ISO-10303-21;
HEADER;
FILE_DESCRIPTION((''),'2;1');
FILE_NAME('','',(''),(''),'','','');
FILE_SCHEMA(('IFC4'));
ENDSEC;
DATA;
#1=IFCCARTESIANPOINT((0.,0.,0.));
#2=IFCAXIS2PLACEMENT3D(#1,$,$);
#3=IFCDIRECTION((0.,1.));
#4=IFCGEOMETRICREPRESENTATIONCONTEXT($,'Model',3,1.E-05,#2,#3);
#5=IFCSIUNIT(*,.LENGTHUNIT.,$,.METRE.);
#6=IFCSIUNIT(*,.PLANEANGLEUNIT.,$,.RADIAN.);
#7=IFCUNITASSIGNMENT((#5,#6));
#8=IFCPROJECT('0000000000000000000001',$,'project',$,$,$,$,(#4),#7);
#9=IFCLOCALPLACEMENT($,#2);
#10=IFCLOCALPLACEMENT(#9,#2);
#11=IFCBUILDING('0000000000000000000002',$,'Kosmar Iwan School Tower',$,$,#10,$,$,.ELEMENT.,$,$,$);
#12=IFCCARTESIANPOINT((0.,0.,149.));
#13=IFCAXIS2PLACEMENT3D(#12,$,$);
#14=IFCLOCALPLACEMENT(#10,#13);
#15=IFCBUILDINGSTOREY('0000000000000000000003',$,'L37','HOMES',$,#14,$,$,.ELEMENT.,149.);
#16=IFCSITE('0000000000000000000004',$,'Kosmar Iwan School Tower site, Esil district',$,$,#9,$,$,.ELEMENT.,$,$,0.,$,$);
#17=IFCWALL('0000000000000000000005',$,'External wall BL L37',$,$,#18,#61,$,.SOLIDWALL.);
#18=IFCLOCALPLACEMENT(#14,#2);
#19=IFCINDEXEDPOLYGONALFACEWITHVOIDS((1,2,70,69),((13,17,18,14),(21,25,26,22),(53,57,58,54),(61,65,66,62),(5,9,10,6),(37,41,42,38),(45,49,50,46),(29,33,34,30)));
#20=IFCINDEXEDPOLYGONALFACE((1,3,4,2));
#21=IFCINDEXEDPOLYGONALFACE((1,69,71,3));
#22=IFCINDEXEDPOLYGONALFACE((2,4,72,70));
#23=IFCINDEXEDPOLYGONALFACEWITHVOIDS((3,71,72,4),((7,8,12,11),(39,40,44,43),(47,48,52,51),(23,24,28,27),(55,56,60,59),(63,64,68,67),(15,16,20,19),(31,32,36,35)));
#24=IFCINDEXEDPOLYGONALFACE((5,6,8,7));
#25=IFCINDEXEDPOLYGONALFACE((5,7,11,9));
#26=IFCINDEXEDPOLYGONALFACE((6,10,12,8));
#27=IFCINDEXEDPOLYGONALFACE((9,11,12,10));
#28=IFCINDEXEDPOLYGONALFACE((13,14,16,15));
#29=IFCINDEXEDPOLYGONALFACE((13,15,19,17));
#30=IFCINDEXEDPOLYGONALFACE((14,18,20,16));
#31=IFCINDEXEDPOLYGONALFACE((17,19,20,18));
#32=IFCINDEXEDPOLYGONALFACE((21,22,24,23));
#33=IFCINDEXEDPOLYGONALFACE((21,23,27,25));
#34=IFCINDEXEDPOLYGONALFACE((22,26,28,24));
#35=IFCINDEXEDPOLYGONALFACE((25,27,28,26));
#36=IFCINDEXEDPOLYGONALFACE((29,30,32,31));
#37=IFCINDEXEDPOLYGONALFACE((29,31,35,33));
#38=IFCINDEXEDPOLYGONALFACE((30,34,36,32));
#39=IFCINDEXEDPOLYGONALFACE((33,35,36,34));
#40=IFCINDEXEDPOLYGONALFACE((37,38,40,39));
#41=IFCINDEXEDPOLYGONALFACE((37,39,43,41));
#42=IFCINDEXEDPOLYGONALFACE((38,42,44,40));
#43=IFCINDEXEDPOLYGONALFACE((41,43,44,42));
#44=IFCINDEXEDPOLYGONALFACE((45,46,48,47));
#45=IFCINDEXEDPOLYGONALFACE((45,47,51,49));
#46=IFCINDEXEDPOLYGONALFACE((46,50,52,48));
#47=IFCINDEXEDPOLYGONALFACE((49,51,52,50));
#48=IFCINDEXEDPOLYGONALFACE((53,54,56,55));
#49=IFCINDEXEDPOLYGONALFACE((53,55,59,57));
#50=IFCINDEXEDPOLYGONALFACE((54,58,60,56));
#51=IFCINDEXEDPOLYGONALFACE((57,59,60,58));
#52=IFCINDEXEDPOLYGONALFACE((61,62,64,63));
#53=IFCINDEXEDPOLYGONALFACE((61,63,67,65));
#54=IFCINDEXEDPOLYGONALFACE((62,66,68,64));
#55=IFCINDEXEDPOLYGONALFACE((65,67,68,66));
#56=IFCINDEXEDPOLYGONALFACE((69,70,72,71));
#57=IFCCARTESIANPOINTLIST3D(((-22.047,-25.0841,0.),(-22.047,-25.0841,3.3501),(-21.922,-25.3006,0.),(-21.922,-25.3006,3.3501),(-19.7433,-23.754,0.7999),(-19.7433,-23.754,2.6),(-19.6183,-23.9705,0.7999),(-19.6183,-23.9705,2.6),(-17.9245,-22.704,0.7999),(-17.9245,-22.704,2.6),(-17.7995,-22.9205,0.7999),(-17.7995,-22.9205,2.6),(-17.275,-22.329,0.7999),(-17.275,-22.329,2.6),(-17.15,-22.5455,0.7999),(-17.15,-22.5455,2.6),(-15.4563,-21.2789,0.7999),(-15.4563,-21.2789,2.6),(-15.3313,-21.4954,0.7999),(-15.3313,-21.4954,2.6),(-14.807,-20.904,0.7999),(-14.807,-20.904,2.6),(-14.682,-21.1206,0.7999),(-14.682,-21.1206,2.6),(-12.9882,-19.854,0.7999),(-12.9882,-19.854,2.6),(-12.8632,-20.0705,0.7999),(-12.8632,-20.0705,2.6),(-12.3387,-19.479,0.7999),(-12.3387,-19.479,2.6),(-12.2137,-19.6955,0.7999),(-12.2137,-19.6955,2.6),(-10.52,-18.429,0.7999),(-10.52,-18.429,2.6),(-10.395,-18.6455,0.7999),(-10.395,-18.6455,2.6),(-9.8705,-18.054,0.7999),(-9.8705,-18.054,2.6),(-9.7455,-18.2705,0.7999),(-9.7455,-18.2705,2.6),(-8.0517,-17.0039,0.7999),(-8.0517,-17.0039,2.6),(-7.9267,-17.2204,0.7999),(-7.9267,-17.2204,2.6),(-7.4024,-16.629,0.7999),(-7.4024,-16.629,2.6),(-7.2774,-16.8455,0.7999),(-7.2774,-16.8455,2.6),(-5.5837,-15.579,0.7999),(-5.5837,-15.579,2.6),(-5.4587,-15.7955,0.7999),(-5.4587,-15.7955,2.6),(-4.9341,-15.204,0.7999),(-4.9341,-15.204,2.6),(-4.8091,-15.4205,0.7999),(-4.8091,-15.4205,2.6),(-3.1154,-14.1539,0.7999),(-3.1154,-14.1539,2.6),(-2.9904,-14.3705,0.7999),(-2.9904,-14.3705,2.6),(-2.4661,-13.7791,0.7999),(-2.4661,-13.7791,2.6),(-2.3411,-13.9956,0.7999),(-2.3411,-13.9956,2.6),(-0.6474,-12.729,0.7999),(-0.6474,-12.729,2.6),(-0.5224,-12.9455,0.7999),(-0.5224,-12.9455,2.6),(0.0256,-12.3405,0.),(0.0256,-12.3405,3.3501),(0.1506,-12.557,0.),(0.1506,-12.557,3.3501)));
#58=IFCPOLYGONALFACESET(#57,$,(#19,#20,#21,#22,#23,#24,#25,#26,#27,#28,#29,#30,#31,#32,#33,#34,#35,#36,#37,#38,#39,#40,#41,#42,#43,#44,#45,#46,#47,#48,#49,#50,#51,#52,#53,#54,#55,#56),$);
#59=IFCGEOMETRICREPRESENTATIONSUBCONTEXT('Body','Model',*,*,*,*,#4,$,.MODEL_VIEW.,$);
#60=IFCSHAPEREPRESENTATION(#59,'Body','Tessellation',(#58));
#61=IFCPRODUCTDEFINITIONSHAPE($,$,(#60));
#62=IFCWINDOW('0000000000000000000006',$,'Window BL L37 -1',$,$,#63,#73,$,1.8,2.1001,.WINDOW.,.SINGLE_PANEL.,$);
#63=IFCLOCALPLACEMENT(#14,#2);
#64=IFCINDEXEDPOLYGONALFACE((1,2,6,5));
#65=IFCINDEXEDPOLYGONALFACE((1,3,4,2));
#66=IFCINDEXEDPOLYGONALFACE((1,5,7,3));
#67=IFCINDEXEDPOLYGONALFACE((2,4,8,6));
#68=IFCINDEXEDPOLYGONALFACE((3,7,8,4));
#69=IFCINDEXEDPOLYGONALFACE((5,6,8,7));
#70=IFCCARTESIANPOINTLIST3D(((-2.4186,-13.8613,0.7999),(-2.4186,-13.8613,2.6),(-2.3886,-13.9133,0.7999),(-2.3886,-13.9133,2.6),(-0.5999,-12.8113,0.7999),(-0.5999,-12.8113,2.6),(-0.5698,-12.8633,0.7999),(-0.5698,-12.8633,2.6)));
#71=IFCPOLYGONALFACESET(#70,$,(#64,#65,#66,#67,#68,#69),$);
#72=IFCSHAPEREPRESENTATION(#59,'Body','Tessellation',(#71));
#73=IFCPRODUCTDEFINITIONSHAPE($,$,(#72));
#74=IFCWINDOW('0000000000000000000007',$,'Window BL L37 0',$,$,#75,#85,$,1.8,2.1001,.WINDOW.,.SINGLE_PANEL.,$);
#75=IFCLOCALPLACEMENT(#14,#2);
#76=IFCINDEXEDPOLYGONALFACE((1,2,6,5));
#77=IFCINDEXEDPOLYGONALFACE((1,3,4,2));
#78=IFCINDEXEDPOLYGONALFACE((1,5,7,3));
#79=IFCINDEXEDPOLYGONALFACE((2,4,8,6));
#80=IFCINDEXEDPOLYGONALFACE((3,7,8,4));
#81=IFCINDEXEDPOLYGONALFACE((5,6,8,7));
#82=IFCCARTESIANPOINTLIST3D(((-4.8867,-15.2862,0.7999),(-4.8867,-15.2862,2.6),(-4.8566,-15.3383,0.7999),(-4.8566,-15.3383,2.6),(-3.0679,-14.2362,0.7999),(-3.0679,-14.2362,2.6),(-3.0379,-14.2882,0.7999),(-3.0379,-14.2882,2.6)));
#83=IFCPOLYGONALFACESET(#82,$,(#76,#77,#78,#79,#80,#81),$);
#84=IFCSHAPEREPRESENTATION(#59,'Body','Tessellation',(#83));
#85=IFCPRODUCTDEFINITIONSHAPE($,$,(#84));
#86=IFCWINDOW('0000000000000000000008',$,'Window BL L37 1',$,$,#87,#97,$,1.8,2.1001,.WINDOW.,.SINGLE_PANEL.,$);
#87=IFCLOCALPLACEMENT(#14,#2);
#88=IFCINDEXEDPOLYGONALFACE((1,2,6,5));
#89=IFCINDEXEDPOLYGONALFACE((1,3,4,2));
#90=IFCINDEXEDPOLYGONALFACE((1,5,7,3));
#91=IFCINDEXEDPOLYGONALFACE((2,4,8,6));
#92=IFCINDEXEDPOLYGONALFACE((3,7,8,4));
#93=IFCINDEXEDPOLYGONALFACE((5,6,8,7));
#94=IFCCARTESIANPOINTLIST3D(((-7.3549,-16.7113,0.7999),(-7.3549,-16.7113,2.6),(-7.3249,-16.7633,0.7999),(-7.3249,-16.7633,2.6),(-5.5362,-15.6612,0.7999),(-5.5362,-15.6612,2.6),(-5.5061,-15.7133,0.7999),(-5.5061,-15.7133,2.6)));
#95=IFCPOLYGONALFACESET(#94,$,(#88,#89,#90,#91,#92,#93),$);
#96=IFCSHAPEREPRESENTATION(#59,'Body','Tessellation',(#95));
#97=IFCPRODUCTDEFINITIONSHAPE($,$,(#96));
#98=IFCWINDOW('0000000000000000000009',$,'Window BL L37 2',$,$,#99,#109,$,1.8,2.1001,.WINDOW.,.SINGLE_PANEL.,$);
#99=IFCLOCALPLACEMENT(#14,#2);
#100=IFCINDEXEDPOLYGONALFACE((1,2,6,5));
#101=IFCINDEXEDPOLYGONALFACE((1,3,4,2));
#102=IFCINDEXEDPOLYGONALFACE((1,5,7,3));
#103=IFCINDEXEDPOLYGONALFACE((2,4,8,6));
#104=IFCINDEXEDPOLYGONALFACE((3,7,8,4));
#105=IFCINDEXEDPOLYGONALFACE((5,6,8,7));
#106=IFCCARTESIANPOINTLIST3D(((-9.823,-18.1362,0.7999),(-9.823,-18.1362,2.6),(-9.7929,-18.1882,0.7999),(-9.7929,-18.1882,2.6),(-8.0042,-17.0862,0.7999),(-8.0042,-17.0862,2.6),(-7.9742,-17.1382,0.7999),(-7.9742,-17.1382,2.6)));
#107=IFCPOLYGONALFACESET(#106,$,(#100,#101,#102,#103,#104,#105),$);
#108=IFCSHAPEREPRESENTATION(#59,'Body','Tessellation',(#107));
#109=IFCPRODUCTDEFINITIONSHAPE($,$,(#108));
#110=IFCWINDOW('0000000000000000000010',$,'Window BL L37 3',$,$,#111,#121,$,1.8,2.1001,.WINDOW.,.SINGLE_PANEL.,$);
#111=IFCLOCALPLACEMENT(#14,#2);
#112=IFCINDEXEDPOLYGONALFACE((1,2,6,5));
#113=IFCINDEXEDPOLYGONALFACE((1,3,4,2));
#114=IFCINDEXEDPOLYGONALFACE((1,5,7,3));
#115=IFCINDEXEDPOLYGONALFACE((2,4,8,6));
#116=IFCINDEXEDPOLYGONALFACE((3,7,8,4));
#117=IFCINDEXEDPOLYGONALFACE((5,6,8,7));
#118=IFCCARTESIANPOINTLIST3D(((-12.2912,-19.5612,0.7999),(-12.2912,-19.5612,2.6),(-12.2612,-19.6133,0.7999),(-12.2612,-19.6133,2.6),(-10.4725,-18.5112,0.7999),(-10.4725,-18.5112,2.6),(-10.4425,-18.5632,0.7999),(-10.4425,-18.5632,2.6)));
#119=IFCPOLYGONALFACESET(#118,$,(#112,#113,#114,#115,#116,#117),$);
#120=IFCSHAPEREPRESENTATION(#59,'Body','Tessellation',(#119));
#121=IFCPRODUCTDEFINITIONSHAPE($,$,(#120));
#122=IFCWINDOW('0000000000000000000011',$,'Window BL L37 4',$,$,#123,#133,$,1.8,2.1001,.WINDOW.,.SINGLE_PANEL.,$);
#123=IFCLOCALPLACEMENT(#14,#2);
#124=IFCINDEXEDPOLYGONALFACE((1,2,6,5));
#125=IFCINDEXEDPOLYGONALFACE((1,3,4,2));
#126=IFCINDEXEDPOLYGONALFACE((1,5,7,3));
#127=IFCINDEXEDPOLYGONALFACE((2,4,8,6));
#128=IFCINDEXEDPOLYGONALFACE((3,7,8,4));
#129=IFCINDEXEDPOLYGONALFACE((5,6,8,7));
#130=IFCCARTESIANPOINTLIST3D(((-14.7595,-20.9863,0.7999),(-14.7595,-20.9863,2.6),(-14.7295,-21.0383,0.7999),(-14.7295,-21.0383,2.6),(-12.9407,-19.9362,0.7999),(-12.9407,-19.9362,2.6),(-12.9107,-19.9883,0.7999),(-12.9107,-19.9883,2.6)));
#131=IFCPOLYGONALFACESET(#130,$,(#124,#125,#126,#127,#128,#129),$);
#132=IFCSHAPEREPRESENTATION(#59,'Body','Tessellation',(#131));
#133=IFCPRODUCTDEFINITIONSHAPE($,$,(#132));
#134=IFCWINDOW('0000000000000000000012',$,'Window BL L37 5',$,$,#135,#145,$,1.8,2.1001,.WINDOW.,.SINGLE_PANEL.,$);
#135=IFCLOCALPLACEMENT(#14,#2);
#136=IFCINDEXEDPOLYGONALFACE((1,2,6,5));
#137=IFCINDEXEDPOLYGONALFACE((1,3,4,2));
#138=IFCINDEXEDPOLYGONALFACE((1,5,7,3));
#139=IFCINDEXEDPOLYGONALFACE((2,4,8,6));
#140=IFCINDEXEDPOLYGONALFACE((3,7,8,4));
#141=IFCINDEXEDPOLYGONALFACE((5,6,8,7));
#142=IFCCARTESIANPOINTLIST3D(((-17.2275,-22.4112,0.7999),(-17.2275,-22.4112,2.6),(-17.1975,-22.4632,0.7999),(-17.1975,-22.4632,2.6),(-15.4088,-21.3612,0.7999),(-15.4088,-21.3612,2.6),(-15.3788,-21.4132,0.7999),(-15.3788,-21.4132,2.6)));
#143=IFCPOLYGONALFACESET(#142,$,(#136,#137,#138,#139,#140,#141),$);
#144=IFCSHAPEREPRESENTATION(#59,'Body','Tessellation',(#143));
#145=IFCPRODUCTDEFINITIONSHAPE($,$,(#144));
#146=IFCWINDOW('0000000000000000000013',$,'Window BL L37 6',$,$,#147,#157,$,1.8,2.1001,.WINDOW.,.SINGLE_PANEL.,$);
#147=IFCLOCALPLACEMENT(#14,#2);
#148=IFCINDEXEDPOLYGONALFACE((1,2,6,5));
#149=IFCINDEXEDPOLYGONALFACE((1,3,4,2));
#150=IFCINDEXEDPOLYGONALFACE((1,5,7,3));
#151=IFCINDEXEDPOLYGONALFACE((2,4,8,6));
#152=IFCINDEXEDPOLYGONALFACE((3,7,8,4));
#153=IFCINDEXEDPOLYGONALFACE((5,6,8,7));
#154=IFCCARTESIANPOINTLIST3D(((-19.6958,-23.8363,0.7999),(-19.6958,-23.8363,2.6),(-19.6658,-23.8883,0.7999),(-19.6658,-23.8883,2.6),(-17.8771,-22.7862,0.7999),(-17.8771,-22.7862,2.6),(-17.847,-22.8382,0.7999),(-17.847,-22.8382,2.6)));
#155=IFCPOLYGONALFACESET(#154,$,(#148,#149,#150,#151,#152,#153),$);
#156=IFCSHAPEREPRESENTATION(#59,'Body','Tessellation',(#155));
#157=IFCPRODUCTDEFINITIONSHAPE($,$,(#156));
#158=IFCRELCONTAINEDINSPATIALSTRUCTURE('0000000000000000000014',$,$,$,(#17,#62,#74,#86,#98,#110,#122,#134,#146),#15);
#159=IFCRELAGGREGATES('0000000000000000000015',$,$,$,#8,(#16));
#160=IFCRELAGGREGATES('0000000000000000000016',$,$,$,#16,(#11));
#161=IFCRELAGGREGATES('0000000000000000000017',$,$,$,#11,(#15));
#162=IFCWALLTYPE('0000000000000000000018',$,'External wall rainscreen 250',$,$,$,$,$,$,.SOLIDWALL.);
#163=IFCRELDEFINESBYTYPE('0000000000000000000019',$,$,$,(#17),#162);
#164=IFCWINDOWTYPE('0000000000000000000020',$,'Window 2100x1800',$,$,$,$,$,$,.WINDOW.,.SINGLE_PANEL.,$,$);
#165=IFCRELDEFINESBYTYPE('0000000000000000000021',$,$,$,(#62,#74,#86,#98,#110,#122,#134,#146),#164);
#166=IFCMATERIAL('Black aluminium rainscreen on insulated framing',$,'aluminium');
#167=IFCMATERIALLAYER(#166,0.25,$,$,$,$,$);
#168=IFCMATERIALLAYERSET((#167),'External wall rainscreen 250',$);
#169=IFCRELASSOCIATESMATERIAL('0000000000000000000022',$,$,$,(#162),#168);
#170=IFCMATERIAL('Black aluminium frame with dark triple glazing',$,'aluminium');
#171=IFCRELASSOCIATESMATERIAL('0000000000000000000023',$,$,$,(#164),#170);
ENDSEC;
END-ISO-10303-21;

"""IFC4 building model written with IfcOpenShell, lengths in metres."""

from ifc_helpers import new_model, si_unit, direction, frame, frame_2d, origin, place, context, subcontext, project, spatial, rectangle, extrude, material, layer, layer_set, type_object, element, fill, save


model = new_model("IFC4")

# Units and contexts
model_context = context("Model", 3, precision=1e-05, world=origin(), true_north=direction((0.0, 1.0)))
body_context = subcontext(model_context, "Body", "Model", "MODEL_VIEW")
ifc_project = project(units=[si_unit("LENGTHUNIT", "METRE"), si_unit("PLANEANGLEUNIT", "RADIAN")], contexts=[model_context])

# Site, building, storey
site_placement = place(None, origin())
site = spatial("IfcSite", under=ifc_project, at=site_placement, Name="Kosmar Iwan School Tower site, Esil district", CompositionType="ELEMENT", RefElevation=0.0)
building_placement = place(site_placement, origin())
building = spatial("IfcBuilding", under=site, at=building_placement, Name="Kosmar Iwan School Tower", CompositionType="ELEMENT")
storey_placement = place(building_placement, frame((0.0, 0.0, 149.0)))
storey = spatial("IfcBuildingStorey", under=building, at=storey_placement, Name="L37", Description="HOMES", CompositionType="ELEMENT", Elevation=149.0)

# Wall, openings, windows
ifc_material_1 = material(Name="Black aluminium rainscreen on insulated framing", Category="aluminium")
ifc_layer_1 = layer(ifc_material_1, 0.25)
ifc_layer_set_1 = layer_set([ifc_layer_1], Name="External wall rainscreen 250")
wall_type_1 = type_object("IfcWallType", Name="External wall rainscreen 250", PredefinedType="SOLIDWALL", material=ifc_layer_set_1)
wall_1_placement = place(storey_placement, frame((0.0881, -12.4487, 0.0), z_axis=(0.0, 0.0, 1.0), x_axis=(-0.866026, -0.499998, 0.0)))
wall_1 = element("IfcWall", 1, at=wall_1_placement, inside=storey, type_object=wall_type_1, Name="External wall BL L37", PredefinedType="SOLIDWALL", context=body_context, shape_type="SweptSolid", body=[
    extrude(rectangle(XDim=25.4873, YDim=0.25, at=frame_2d((12.7437, 0.0))), origin(), (0.0, 0.0, 1.0), 3.3501),
])
opening_1_placement = place(wall_1_placement, frame((0.7771, 0.0, 0.8)))
opening_1 = element("IfcOpeningElement", 2, at=opening_1_placement, cuts=wall_1, PredefinedType="OPENING", context=body_context, shape_type="SweptSolid", body=[
    extrude(rectangle(XDim=2.1001, YDim=1.8, at=frame_2d((1.05, 0.8999))), frame((0.0, 0.137, 0.0), z_axis=(0.0, -1.0, 0.0), x_axis=(1.0, 0.0, 0.0)), (0.0, 0.0, 1.0), 0.2739),
])
opening_2_placement = place(wall_1_placement, frame((3.627, 0.0, 0.8)))
opening_2 = element("IfcOpeningElement", 3, at=opening_2_placement, cuts=wall_1, PredefinedType="OPENING", context=body_context, shape_type="SweptSolid", body=[
    extrude(rectangle(XDim=2.1001, YDim=1.8, at=frame_2d((1.05, 0.8999))), frame((0.0, 0.137, 0.0), z_axis=(0.0, -1.0, 0.0), x_axis=(1.0, 0.0, 0.0)), (0.0, 0.0, 1.0), 0.2739),
])
opening_3_placement = place(wall_1_placement, frame((6.4771, 0.0, 0.8)))
opening_3 = element("IfcOpeningElement", 4, at=opening_3_placement, cuts=wall_1, PredefinedType="OPENING", context=body_context, shape_type="SweptSolid", body=[
    extrude(rectangle(XDim=2.1001, YDim=1.8, at=frame_2d((1.05, 0.8999))), frame((0.0, 0.137, 0.0), z_axis=(0.0, -1.0, 0.0), x_axis=(1.0, 0.0, 0.0)), (0.0, 0.0, 1.0), 0.2739),
])
opening_4_placement = place(wall_1_placement, frame((9.3269, 0.0, 0.8)))
opening_4 = element("IfcOpeningElement", 5, at=opening_4_placement, cuts=wall_1, PredefinedType="OPENING", context=body_context, shape_type="SweptSolid", body=[
    extrude(rectangle(XDim=2.1001, YDim=1.8, at=frame_2d((1.05, 0.8999))), frame((0.0, 0.137, 0.0), z_axis=(0.0, -1.0, 0.0), x_axis=(1.0, 0.0, 0.0)), (0.0, 0.0, 1.0), 0.2739),
])
opening_5_placement = place(wall_1_placement, frame((12.177, 0.0, 0.8)))
opening_5 = element("IfcOpeningElement", 6, at=opening_5_placement, cuts=wall_1, PredefinedType="OPENING", context=body_context, shape_type="SweptSolid", body=[
    extrude(rectangle(XDim=2.1001, YDim=1.8, at=frame_2d((1.05, 0.8999))), frame((0.0, 0.137, 0.0), z_axis=(0.0, -1.0, 0.0), x_axis=(1.0, 0.0, 0.0)), (0.0, 0.0, 1.0), 0.2739),
])
opening_6_placement = place(wall_1_placement, frame((15.0271, 0.0, 0.8)))
opening_6 = element("IfcOpeningElement", 7, at=opening_6_placement, cuts=wall_1, PredefinedType="OPENING", context=body_context, shape_type="SweptSolid", body=[
    extrude(rectangle(XDim=2.1001, YDim=1.8, at=frame_2d((1.05, 0.8999))), frame((0.0, 0.137, 0.0), z_axis=(0.0, -1.0, 0.0), x_axis=(1.0, 0.0, 0.0)), (0.0, 0.0, 1.0), 0.2739),
])
opening_7_placement = place(wall_1_placement, frame((17.877, 0.0, 0.8)))
opening_7 = element("IfcOpeningElement", 8, at=opening_7_placement, cuts=wall_1, PredefinedType="OPENING", context=body_context, shape_type="SweptSolid", body=[
    extrude(rectangle(XDim=2.1001, YDim=1.8, at=frame_2d((1.05, 0.8999))), frame((0.0, 0.137, 0.0), z_axis=(0.0, -1.0, 0.0), x_axis=(1.0, 0.0, 0.0)), (0.0, 0.0, 1.0), 0.2739),
])
opening_8_placement = place(wall_1_placement, frame((20.7271, 0.0, 0.8)))
opening_8 = element("IfcOpeningElement", 9, at=opening_8_placement, cuts=wall_1, PredefinedType="OPENING", context=body_context, shape_type="SweptSolid", body=[
    extrude(rectangle(XDim=2.1001, YDim=1.8, at=frame_2d((1.05, 0.8999))), frame((0.0, 0.137, 0.0), z_axis=(0.0, -1.0, 0.0), x_axis=(1.0, 0.0, 0.0)), (0.0, 0.0, 1.0), 0.2739),
])
ifc_material_2 = material(Name="Black aluminium frame with dark triple glazing", Category="aluminium")
window_type = type_object("IfcWindowType", Name="Window 2100x1800", PartitioningType="SINGLE_PANEL", PredefinedType="WINDOW", material=ifc_material_2)
window_1_placement = place(opening_1_placement, origin())
window_1 = element("IfcWindow", 10, at=window_1_placement, inside=storey, type_object=window_type, Name="Window BL L37 -1", OverallHeight=1.8, OverallWidth=2.1001, PartitioningType="SINGLE_PANEL", PredefinedType="WINDOW", context=body_context, shape_type="SweptSolid", body=[
    extrude(rectangle(XDim=2.1001, YDim=1.8, at=frame_2d((1.05, 0.8999))), frame((0.0, 0.03, 0.0), z_axis=(0.0, -1.0, 0.0), x_axis=(1.0, 0.0, 0.0)), (0.0, 0.0, 1.0), 0.0601),
])
fill(opening_1, window_1)
window_2_placement = place(opening_2_placement, origin())
window_2 = element("IfcWindow", 11, at=window_2_placement, inside=storey, type_object=window_type, Name="Window BL L37 0", OverallHeight=1.8, OverallWidth=2.1001, PartitioningType="SINGLE_PANEL", PredefinedType="WINDOW", context=body_context, shape_type="SweptSolid", body=[
    extrude(rectangle(XDim=2.1001, YDim=1.8, at=frame_2d((1.05, 0.8999))), frame((0.0, 0.03, 0.0), z_axis=(0.0, -1.0, 0.0), x_axis=(1.0, 0.0, 0.0)), (0.0, 0.0, 1.0), 0.0601),
])
fill(opening_2, window_2)
window_3_placement = place(opening_3_placement, origin())
window_3 = element("IfcWindow", 12, at=window_3_placement, inside=storey, type_object=window_type, Name="Window BL L37 1", OverallHeight=1.8, OverallWidth=2.1001, PartitioningType="SINGLE_PANEL", PredefinedType="WINDOW", context=body_context, shape_type="SweptSolid", body=[
    extrude(rectangle(XDim=2.1001, YDim=1.8, at=frame_2d((1.05, 0.8999))), frame((0.0, 0.03, 0.0), z_axis=(0.0, -1.0, 0.0), x_axis=(1.0, 0.0, 0.0)), (0.0, 0.0, 1.0), 0.0601),
])
fill(opening_3, window_3)
window_4_placement = place(opening_4_placement, origin())
window_4 = element("IfcWindow", 13, at=window_4_placement, inside=storey, type_object=window_type, Name="Window BL L37 2", OverallHeight=1.8, OverallWidth=2.1001, PartitioningType="SINGLE_PANEL", PredefinedType="WINDOW", context=body_context, shape_type="SweptSolid", body=[
    extrude(rectangle(XDim=2.1001, YDim=1.8, at=frame_2d((1.05, 0.8999))), frame((0.0, 0.03, 0.0), z_axis=(0.0, -1.0, 0.0), x_axis=(1.0, 0.0, 0.0)), (0.0, 0.0, 1.0), 0.0601),
])
fill(opening_4, window_4)
window_5_placement = place(opening_5_placement, origin())
window_5 = element("IfcWindow", 14, at=window_5_placement, inside=storey, type_object=window_type, Name="Window BL L37 3", OverallHeight=1.8, OverallWidth=2.1001, PartitioningType="SINGLE_PANEL", PredefinedType="WINDOW", context=body_context, shape_type="SweptSolid", body=[
    extrude(rectangle(XDim=2.1001, YDim=1.8, at=frame_2d((1.05, 0.8999))), frame((0.0, 0.03, 0.0), z_axis=(0.0, -1.0, 0.0), x_axis=(1.0, 0.0, 0.0)), (0.0, 0.0, 1.0), 0.0601),
])
fill(opening_5, window_5)
window_6_placement = place(opening_6_placement, origin())
window_6 = element("IfcWindow", 15, at=window_6_placement, inside=storey, type_object=window_type, Name="Window BL L37 4", OverallHeight=1.8, OverallWidth=2.1001, PartitioningType="SINGLE_PANEL", PredefinedType="WINDOW", context=body_context, shape_type="SweptSolid", body=[
    extrude(rectangle(XDim=2.1001, YDim=1.8, at=frame_2d((1.05, 0.8999))), frame((0.0, 0.03, 0.0), z_axis=(0.0, -1.0, 0.0), x_axis=(1.0, 0.0, 0.0)), (0.0, 0.0, 1.0), 0.0601),
])
fill(opening_6, window_6)
window_7_placement = place(opening_7_placement, origin())
window_7 = element("IfcWindow", 16, at=window_7_placement, inside=storey, type_object=window_type, Name="Window BL L37 5", OverallHeight=1.8, OverallWidth=2.1001, PartitioningType="SINGLE_PANEL", PredefinedType="WINDOW", context=body_context, shape_type="SweptSolid", body=[
    extrude(rectangle(XDim=2.1001, YDim=1.8, at=frame_2d((1.05, 0.8999))), frame((0.0, 0.03, 0.0), z_axis=(0.0, -1.0, 0.0), x_axis=(1.0, 0.0, 0.0)), (0.0, 0.0, 1.0), 0.0601),
])
fill(opening_7, window_7)
window_8_placement = place(opening_8_placement, origin())
window_8 = element("IfcWindow", 17, at=window_8_placement, inside=storey, type_object=window_type, Name="Window BL L37 6", OverallHeight=1.8, OverallWidth=2.1001, PartitioningType="SINGLE_PANEL", PredefinedType="WINDOW", context=body_context, shape_type="SweptSolid", body=[
    extrude(rectangle(XDim=2.1001, YDim=1.8, at=frame_2d((1.05, 0.8999))), frame((0.0, 0.03, 0.0), z_axis=(0.0, -1.0, 0.0), x_axis=(1.0, 0.0, 0.0)), (0.0, 0.0, 1.0), 0.0601),
])
fill(opening_8, window_8)

save(model, "model.ifc")
